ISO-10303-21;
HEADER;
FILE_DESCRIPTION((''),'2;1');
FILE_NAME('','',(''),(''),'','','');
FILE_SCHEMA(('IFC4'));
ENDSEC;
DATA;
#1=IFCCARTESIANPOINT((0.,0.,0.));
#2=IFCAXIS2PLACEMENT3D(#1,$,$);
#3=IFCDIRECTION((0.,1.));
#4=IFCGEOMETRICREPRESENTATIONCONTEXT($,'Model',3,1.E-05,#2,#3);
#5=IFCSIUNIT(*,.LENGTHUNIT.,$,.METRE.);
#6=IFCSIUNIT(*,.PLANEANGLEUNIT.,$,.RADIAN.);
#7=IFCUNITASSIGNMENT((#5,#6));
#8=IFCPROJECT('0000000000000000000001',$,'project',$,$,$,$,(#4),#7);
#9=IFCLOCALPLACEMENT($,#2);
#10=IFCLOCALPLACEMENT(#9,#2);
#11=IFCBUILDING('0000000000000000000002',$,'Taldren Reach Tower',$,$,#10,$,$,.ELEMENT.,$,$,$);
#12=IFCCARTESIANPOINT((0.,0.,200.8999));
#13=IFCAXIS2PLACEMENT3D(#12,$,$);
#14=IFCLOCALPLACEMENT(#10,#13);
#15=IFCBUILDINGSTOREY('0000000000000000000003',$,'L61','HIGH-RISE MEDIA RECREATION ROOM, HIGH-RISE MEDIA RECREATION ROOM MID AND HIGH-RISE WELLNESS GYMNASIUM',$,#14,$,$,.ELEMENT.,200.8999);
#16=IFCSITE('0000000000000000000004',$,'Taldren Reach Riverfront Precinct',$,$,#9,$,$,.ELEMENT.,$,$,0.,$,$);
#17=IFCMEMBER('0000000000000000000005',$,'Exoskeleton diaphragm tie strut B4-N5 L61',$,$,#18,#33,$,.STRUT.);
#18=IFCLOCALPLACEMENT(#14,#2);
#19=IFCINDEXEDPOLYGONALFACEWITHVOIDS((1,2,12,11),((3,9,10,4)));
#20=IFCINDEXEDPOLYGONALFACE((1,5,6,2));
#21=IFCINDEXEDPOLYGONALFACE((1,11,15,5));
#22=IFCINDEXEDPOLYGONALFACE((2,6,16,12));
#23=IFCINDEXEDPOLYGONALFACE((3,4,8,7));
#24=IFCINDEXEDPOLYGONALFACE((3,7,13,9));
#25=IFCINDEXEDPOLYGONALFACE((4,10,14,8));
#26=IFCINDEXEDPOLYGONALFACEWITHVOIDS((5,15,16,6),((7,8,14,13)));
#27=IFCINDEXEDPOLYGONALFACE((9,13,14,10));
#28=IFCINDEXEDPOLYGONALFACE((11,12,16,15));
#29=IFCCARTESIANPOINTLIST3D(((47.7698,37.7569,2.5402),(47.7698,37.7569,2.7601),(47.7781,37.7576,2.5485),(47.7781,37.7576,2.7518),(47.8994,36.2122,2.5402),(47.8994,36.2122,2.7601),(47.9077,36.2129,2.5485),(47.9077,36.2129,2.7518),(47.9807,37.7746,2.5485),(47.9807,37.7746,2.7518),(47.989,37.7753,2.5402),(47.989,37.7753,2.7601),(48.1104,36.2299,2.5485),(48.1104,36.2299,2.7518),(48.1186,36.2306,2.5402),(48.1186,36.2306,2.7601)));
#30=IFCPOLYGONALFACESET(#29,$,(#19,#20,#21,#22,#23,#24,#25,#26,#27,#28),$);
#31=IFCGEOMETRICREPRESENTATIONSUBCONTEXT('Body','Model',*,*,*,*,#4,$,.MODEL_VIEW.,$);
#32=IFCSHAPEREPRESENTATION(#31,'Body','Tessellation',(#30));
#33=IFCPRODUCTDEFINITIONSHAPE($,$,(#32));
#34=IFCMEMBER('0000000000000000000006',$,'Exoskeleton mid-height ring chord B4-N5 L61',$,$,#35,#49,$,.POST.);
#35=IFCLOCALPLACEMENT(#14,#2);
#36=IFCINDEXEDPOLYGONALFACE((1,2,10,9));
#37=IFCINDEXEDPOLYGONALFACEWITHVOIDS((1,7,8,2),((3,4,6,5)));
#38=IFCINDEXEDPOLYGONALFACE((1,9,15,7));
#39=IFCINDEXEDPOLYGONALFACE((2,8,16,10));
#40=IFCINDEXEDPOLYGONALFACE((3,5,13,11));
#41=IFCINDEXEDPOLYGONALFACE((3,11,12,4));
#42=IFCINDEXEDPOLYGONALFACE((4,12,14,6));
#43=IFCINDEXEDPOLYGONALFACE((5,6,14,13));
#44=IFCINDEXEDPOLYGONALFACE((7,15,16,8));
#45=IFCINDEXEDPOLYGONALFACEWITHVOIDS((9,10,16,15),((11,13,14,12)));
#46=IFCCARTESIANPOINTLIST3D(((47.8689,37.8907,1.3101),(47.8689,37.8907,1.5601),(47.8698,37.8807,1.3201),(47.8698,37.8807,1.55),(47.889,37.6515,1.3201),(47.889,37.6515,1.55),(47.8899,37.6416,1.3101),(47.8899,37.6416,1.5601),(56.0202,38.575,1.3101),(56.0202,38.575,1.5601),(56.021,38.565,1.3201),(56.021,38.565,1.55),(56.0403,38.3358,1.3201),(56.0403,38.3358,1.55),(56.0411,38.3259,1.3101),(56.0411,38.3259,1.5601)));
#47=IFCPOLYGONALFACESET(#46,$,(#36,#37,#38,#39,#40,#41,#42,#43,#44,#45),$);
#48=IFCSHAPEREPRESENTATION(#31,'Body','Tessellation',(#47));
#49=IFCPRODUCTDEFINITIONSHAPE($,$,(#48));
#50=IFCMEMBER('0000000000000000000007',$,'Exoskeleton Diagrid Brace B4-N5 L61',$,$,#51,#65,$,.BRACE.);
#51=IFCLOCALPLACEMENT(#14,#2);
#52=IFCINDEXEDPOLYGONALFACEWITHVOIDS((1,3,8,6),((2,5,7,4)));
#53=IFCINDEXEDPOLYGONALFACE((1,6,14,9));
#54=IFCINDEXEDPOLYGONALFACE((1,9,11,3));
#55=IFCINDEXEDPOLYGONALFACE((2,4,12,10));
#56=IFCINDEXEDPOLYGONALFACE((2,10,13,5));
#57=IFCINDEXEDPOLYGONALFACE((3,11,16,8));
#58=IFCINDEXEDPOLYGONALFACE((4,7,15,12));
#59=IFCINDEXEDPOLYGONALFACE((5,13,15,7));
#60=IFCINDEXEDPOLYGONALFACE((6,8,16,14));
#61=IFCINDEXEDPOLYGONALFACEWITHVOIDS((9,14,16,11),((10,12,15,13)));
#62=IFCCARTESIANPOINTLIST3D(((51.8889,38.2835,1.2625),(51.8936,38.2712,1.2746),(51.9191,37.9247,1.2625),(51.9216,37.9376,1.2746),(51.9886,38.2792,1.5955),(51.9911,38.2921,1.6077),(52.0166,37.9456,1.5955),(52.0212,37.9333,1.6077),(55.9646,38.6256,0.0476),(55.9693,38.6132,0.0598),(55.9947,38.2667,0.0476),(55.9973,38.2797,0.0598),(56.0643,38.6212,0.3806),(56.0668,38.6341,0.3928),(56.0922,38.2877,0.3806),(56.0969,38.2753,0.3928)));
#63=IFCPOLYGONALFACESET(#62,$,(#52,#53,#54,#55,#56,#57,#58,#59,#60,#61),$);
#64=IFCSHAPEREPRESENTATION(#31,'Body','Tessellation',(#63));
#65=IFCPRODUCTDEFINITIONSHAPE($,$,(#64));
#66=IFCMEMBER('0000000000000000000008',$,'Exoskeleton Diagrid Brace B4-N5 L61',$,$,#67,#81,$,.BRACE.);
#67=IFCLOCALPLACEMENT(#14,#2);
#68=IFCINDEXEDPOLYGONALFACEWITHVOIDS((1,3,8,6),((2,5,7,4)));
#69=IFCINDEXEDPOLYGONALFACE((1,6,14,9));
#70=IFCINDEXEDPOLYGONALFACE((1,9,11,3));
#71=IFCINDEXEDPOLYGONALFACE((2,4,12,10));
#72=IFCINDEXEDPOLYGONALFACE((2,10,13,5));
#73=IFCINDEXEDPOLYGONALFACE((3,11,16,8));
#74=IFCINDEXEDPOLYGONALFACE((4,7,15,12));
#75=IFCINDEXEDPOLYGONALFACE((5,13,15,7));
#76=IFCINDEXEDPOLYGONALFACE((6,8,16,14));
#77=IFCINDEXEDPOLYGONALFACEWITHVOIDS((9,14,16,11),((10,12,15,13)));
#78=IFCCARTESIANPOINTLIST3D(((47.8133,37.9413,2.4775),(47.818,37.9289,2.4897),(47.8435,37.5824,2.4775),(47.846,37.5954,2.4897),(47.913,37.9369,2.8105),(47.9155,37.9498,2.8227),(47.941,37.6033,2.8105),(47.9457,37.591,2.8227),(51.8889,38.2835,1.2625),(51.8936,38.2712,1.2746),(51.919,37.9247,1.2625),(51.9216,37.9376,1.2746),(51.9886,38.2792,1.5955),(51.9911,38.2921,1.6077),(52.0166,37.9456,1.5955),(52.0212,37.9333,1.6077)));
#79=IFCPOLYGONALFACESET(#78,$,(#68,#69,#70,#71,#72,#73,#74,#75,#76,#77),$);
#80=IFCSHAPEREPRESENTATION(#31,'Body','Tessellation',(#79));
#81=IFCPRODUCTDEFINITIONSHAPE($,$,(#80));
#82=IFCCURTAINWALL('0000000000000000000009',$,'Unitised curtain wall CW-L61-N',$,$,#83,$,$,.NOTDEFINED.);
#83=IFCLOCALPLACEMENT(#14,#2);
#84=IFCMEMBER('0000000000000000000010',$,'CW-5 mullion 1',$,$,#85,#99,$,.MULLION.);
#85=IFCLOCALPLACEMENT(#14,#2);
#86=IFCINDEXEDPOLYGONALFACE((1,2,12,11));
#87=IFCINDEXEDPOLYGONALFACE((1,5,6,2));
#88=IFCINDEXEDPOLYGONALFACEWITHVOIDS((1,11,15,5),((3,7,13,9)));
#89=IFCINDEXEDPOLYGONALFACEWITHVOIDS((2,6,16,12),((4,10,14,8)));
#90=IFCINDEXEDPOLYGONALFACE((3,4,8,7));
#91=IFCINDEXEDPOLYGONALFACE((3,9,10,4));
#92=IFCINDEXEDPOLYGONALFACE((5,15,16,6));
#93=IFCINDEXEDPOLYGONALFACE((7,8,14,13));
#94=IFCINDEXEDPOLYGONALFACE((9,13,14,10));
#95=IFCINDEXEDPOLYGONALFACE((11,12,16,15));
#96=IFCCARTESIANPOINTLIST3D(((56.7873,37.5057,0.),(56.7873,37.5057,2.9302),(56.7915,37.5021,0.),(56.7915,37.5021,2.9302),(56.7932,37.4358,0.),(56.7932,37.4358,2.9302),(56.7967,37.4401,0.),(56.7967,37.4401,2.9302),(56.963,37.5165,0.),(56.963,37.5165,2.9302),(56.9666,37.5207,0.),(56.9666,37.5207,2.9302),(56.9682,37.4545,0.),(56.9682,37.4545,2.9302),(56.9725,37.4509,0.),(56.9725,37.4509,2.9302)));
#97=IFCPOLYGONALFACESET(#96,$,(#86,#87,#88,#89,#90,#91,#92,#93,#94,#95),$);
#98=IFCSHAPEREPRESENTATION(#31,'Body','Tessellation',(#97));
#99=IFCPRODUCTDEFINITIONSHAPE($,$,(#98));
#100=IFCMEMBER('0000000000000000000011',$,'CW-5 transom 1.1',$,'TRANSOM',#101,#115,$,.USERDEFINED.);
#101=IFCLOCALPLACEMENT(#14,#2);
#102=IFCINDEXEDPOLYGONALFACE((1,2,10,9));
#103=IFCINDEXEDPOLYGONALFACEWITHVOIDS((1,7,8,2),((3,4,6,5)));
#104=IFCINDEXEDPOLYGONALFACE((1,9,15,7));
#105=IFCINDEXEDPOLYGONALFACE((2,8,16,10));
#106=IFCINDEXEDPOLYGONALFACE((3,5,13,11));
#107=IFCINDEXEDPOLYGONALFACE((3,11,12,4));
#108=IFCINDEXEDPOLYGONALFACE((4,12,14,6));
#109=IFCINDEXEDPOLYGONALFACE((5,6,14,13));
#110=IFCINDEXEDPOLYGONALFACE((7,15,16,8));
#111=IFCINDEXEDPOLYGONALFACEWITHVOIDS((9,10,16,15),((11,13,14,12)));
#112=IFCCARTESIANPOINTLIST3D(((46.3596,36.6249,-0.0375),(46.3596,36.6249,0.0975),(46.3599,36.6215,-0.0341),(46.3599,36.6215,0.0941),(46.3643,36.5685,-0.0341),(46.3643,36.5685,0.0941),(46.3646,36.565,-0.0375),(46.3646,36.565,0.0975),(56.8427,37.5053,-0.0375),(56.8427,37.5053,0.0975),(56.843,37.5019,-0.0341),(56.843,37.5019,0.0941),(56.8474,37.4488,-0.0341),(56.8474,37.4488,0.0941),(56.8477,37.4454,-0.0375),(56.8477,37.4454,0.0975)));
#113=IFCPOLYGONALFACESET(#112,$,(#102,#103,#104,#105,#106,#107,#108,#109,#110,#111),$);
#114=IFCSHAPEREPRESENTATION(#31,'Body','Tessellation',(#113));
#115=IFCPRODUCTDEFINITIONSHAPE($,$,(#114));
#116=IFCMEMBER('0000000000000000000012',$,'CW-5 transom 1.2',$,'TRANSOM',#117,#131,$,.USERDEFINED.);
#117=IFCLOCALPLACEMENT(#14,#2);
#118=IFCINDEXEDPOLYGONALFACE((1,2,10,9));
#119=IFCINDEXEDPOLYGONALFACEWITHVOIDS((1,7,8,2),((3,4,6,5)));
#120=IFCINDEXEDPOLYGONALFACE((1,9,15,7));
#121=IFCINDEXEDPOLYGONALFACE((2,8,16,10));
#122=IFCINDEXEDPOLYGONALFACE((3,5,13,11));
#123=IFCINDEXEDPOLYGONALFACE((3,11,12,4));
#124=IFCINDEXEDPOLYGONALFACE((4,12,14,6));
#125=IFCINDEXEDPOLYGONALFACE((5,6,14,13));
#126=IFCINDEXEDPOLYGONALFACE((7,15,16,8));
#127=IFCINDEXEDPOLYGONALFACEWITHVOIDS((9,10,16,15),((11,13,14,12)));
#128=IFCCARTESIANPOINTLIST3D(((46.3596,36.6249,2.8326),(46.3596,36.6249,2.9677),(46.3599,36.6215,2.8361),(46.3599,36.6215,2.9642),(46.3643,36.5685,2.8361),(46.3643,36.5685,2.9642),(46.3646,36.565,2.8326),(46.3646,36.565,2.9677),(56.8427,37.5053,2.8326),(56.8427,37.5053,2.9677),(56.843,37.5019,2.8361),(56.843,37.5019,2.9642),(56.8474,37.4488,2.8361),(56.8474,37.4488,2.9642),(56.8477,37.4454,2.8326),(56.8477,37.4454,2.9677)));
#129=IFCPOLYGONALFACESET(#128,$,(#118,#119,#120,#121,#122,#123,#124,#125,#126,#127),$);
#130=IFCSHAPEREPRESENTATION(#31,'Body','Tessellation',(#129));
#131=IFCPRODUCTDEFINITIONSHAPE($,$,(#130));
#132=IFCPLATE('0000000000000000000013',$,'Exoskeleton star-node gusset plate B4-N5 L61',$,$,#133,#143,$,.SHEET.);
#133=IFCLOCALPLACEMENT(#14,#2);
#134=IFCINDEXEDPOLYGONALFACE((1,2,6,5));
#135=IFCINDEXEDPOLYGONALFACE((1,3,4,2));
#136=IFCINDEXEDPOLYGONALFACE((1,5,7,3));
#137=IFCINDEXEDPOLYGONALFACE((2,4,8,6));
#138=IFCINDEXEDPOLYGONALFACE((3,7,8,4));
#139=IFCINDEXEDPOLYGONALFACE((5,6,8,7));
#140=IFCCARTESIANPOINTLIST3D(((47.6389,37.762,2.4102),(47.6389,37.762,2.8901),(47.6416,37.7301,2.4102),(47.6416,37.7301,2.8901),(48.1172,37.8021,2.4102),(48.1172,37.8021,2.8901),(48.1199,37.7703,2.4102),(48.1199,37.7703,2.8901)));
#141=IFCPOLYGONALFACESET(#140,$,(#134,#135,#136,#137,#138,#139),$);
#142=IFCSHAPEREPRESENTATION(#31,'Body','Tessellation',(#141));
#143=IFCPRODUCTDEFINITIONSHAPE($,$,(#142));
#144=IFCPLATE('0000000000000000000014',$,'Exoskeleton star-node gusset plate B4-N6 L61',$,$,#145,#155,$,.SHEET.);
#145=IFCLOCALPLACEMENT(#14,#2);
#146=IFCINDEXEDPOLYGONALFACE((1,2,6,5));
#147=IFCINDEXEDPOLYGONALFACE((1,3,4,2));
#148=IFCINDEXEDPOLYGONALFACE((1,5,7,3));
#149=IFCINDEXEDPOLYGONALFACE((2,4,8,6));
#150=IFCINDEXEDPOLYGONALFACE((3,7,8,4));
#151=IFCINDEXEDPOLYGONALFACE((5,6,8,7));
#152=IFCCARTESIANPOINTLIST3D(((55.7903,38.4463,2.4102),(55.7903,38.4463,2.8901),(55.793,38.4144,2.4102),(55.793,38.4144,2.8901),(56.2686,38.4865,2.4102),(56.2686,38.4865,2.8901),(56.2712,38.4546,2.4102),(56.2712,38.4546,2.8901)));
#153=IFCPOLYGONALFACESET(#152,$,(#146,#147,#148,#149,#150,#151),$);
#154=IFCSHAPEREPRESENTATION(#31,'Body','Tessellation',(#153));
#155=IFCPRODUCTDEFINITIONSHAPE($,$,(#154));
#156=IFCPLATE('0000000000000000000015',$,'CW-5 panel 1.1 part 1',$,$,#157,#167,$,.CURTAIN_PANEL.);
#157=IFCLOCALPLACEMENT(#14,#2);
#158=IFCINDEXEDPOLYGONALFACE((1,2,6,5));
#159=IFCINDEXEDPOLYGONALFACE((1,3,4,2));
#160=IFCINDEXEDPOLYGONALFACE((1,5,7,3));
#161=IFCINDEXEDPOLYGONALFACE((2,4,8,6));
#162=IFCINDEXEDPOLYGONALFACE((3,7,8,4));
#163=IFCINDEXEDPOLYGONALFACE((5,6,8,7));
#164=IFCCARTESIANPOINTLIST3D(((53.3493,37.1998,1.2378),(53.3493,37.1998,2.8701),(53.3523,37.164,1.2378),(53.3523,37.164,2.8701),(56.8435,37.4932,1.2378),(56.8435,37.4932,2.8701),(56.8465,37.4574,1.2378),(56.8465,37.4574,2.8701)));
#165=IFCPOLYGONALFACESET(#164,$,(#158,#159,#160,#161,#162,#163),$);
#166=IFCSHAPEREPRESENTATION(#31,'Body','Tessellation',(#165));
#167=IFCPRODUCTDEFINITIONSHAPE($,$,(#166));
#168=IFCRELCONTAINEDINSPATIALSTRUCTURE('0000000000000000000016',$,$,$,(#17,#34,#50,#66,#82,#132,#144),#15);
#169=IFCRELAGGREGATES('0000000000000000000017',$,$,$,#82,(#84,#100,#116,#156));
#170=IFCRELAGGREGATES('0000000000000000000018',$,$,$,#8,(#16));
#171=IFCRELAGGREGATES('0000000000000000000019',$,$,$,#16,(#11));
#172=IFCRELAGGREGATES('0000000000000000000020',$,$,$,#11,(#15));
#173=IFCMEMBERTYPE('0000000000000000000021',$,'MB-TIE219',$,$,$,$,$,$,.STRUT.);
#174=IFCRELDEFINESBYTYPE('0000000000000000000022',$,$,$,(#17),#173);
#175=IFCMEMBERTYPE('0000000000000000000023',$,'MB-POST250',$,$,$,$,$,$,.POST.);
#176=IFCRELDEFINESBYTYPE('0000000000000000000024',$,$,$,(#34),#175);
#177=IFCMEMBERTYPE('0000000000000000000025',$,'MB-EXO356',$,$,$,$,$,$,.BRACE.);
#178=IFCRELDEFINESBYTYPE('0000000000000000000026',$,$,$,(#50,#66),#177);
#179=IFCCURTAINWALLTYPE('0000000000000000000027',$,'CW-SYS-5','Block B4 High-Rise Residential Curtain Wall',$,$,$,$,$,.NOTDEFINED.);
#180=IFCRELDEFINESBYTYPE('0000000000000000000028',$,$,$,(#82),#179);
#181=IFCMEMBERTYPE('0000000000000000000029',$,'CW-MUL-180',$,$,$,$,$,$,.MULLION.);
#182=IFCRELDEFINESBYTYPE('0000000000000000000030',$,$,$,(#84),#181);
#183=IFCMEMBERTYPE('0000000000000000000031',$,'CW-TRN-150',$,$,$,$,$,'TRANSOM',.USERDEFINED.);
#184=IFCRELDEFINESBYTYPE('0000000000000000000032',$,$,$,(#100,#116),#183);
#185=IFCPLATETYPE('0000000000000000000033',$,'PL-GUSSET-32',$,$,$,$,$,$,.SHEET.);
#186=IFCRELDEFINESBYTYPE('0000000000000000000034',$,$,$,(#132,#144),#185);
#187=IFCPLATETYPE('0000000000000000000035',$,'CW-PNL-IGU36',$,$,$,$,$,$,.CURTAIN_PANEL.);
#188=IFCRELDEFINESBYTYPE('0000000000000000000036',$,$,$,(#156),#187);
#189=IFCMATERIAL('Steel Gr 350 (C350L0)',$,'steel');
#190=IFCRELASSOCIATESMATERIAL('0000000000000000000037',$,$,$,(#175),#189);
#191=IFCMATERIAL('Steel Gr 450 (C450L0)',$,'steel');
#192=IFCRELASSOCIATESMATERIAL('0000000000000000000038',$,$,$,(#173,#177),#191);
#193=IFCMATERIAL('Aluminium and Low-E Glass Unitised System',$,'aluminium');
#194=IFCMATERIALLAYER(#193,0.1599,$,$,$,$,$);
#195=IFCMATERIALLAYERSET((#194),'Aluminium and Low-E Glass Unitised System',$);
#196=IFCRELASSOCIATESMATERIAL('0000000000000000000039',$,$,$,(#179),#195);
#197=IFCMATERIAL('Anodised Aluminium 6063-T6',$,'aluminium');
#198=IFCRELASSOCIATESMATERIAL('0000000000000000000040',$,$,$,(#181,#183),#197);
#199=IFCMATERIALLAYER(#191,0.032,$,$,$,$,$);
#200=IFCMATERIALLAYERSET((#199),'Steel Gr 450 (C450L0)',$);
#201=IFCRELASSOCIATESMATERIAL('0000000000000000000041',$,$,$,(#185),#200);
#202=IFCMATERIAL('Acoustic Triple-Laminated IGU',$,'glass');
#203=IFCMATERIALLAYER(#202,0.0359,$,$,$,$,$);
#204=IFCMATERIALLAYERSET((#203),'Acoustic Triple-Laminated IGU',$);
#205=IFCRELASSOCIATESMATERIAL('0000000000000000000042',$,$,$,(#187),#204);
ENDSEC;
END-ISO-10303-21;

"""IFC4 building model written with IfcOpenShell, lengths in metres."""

from ifc_helpers import new_model, si_unit, direction, frame, origin, origin_2d, place, context, subcontext, project, spatial, rectangle, hollow_rectangle, extrude, source, transform, mapped, material, layer, layer_set, material_profile, profile_set, type_object, element, aggregate, save


model = new_model("IFC4")

# Units and contexts
model_context = context("Model", 3, precision=1e-05, world=origin(), true_north=direction((0.0, 1.0)))
body_context = subcontext(model_context, "Body", "Model", "MODEL_VIEW")
ifc_project = project(units=[si_unit("LENGTHUNIT", "METRE"), si_unit("PLANEANGLEUNIT", "RADIAN")], contexts=[model_context])

# Site, building, storey
site_placement = place(None, origin())
site = spatial("IfcSite", under=ifc_project, at=site_placement, Name="Taldren Reach Riverfront Precinct", CompositionType="ELEMENT", RefElevation=0.0)
building_placement = place(site_placement, origin())
building = spatial("IfcBuilding", under=site, at=building_placement, Name="Taldren Reach Tower", CompositionType="ELEMENT")
storey_placement = place(building_placement, frame((0.0, 0.0, 200.8999)))
storey = spatial("IfcBuildingStorey", under=building, at=storey_placement, Name="L61", Description="HIGH-RISE MEDIA RECREATION ROOM, HIGH-RISE MEDIA RECREATION ROOM MID AND HIGH-RISE WELLNESS GYMNASIUM", CompositionType="ELEMENT", Elevation=200.8999)

# Shared definitions
ifc_material_1 = material(Name="Steel Gr 350 (C350L0)", Category="steel")

# Shared definitions
ifc_material_profile_1 = material_profile(ifc_material_1, hollow_rectangle(XDim=0.25, YDim=0.25, WallThickness=0.01, at=origin_2d()), Name="250x250x10.0SHS")
ifc_profile_set_1 = profile_set([ifc_material_profile_1], Name="Steel Gr 350 (C350L0)")
member_type_1 = type_object("IfcMemberType", Name="MB-POST250", PredefinedType="POST", material=ifc_profile_set_1)

# Members
ifc_material_2 = material(Name="Steel Gr 450 (C450L0)", Category="steel")
ifc_material_profile_2 = material_profile(ifc_material_2, hollow_rectangle(XDim=0.22, YDim=0.22, WallThickness=0.0083, at=origin_2d()), Name="220x220x8.2SHS")
ifc_profile_set_2 = profile_set([ifc_material_profile_2], Name="Steel Gr 450 (C450L0)")
member_type_2 = type_object("IfcMemberType", Name="MB-TIE219", PredefinedType="STRUT", material=ifc_profile_set_2)
shared_shape_1 = source(origin(), body_context, "Body", "SweptSolid", [
    extrude(hollow_rectangle(XDim=0.22, YDim=0.22, WallThickness=0.0083, at=origin_2d()), origin(), (0.0, 0.0, 1.0), 1.55),
])
member_1_placement = place(storey_placement, frame((48.009, 36.2214, 2.6501), z_axis=(-0.083632, 0.996497, 0.0), x_axis=(-0.996497, -0.083632, 0.0)))
element("IfcMember", 1, at=member_1_placement, inside=storey, type_object=member_type_2, Name="Exoskeleton diaphragm tie strut B4-N5 L61", PredefinedType="STRUT", context=body_context, shape_type="MappedRepresentation", body=[
    mapped(shared_shape_1, transform((0.0, 0.0, 0.0), scale=1.0)),
])
shared_shape_2 = source(origin(), body_context, "Body", "SweptSolid", [
    extrude(hollow_rectangle(XDim=0.25, YDim=0.25, WallThickness=0.01, at=origin_2d()), origin(), (0.0, 0.0, 1.0), 8.1799),
])
member_2_placement = place(storey_placement, frame((47.8794, 37.7661, 1.4351), z_axis=(0.996495, 0.083658, 0.0), x_axis=(-0.083658, 0.996495, 0.0)))
element("IfcMember", 2, at=member_2_placement, inside=storey, type_object=member_type_1, Name="Exoskeleton mid-height ring chord B4-N5 L61", PredefinedType="POST", context=body_context, shape_type="MappedRepresentation", body=[
    mapped(shared_shape_2, transform((0.0, 0.0, 0.0), scale=1.0)),
])
ifc_material_profile_3 = material_profile(ifc_material_2, hollow_rectangle(XDim=0.3601, YDim=0.3601, WallThickness=0.0127, at=origin_2d()), Name="360x360x12.7SHS")
ifc_profile_set_3 = profile_set([ifc_material_profile_3], Name="Steel Gr 450 (C450L0)")
member_type_3 = type_object("IfcMemberType", Name="MB-EXO356", PredefinedType="BRACE", material=ifc_profile_set_3)
shared_shape_3 = source(origin(), body_context, "Body", "SweptSolid", [
    extrude(hollow_rectangle(XDim=0.3601, YDim=0.3601, WallThickness=0.0127, at=origin_2d()), origin(), (0.0, 0.0, 1.0), 4.2666),
])
for number, where, z_axis, x_axis, name in (
    (3, (56.0308, 38.4504, 0.2202), (-0.955249, -0.080167, 0.284732), (0.083628, -0.996497, 0.0), "Exoskeleton Diagrid Brace B4-N5 L61"),
    (4, (51.9551, 38.1084, 1.4351), (-0.955229, -0.080222, 0.284783), (0.083688, -0.996492, 0.0), "Exoskeleton Diagrid Brace B4-N5 L61"),
):
    element("IfcMember", number, at=place(storey_placement, frame(where, z_axis=z_axis, x_axis=x_axis)), inside=storey, type_object=member_type_3, Name=name, PredefinedType="BRACE", context=body_context, shape_type="MappedRepresentation", body=[
        mapped(shared_shape_3, transform((0.0, 0.0, 0.0), scale=1.0)),
    ])

# Curtain wall, members
ifc_material_3 = material(Name="Aluminium and Low-E Glass Unitised System", Category="aluminium")
ifc_layer_1 = layer(ifc_material_3, 0.1599)
ifc_layer_set_1 = layer_set([ifc_layer_1], Name="Aluminium and Low-E Glass Unitised System")
curtain_wall_type = type_object("IfcCurtainWallType", Name="CW-SYS-5", Description="Block B4 High-Rise Residential Curtain Wall", PredefinedType="NOTDEFINED", material=ifc_layer_set_1)
curtain_wall_placement = place(storey_placement, origin())
curtain_wall = element("IfcCurtainWall", 5, at=curtain_wall_placement, inside=storey, type_object=curtain_wall_type, Name="Unitised curtain wall CW-L61-N", PredefinedType="NOTDEFINED")
ifc_material_4 = material(Name="Anodised Aluminium 6063-T6", Category="aluminium")
ifc_material_profile_4 = material_profile(ifc_material_4, hollow_rectangle(XDim=0.0701, YDim=0.1799, WallThickness=0.0039, at=origin_2d()), Name="ALU-180x70x4RHS")
ifc_profile_set_4 = profile_set([ifc_material_profile_4], Name="Anodised Aluminium 6063-T6")
member_type_4 = type_object("IfcMemberType", Name="CW-MUL-180", PredefinedType="MULLION", material=ifc_profile_set_4)
shared_shape_4 = source(origin(), body_context, "Body", "SweptSolid", [
    extrude(hollow_rectangle(XDim=0.0701, YDim=0.1799, WallThickness=0.0039, at=origin_2d()), origin(), (0.0, 0.0, 1.0), 2.9302),
])
member_3_placement = place(storey_placement, frame((56.8799, 37.4783, 0.0), z_axis=(0.0, 0.0, 1.0), x_axis=(0.083678, -0.996493, 0.0)))
member_3 = element("IfcMember", 6, at=member_3_placement, type_object=member_type_4, Name="CW-5 mullion 1", PredefinedType="MULLION", context=body_context, shape_type="MappedRepresentation", body=[
    mapped(shared_shape_4, transform((0.0, 0.0, 0.0), scale=1.0)),
])
ifc_material_profile_5 = material_profile(ifc_material_4, hollow_rectangle(XDim=0.0601, YDim=0.135, WallThickness=0.0034, at=origin_2d()), Name="ALU-135x60x3.5RHS")
ifc_profile_set_5 = profile_set([ifc_material_profile_5], Name="Anodised Aluminium 6063-T6")
member_type_5 = type_object("IfcMemberType", Name="CW-TRN-150", ElementType="TRANSOM", PredefinedType="USERDEFINED", material=ifc_profile_set_5)
shared_shape_5 = source(origin(), body_context, "Body", "SweptSolid", [
    extrude(hollow_rectangle(XDim=0.0601, YDim=0.135, WallThickness=0.0034, at=origin_2d()), origin(), (0.0, 0.0, 1.0), 10.52),
])
member_4_placement = place(storey_placement, frame((56.8452, 37.4753, 0.03), z_axis=(-0.996492, -0.083685, 0.0), x_axis=(0.083685, -0.996492, 0.0)))
member_4 = element("IfcMember", 7, at=member_4_placement, type_object=member_type_5, Name="CW-5 transom 1.1", ObjectType="TRANSOM", PredefinedType="USERDEFINED", context=body_context, shape_type="MappedRepresentation", body=[
    mapped(shared_shape_5, transform((0.0, 0.0, 0.0), scale=1.0)),
])
member_5_placement = place(storey_placement, frame((56.8452, 37.4753, 2.9001), z_axis=(-0.996492, -0.083685, 0.0), x_axis=(0.083685, -0.996492, 0.0)))
member_5 = element("IfcMember", 8, at=member_5_placement, type_object=member_type_5, Name="CW-5 transom 1.2", ObjectType="TRANSOM", PredefinedType="USERDEFINED", context=body_context, shape_type="MappedRepresentation", body=[
    mapped(shared_shape_5, transform((0.0, 0.0, 0.0), scale=1.0)),
])

# Plates
ifc_layer_2 = layer(ifc_material_2, 0.032)
ifc_layer_set_2 = layer_set([ifc_layer_2], Name="Steel Gr 450 (C450L0)")
plate_type_1 = type_object("IfcPlateType", Name="PL-GUSSET-32", PredefinedType="SHEET", material=ifc_layer_set_2)
shared_shape_6 = source(origin(), body_context, "Body", "SweptSolid", [
    extrude(rectangle(XDim=0.48, YDim=0.032, at=origin_2d()), origin(), (0.0, 0.0, 1.0), 0.48),
])
for number, where, z_axis, x_axis, name in (
    (9, (47.8794, 37.7661, 2.4102), (0.0, 0.0, 1.0), (0.996493, 0.083678, 0.0), "Exoskeleton star-node gusset plate B4-N5 L61"),
    (10, (56.0308, 38.4504, 2.4102), (0.0, 0.0, 1.0), (0.996493, 0.083678, 0.0), "Exoskeleton star-node gusset plate B4-N6 L61"),
):
    element("IfcPlate", number, at=place(storey_placement, frame(where, z_axis=z_axis, x_axis=x_axis)), inside=storey, type_object=plate_type_1, Name=name, PredefinedType="SHEET", context=body_context, shape_type="MappedRepresentation", body=[
        mapped(shared_shape_6, transform((0.0, 0.0, 0.0), scale=1.0)),
    ])

# Plate
ifc_material_5 = material(Name="Acoustic Triple-Laminated IGU", Category="glass")
ifc_layer_3 = layer(ifc_material_5, 0.0359)
ifc_layer_set_3 = layer_set([ifc_layer_3], Name="Acoustic Triple-Laminated IGU")
plate_type_2 = type_object("IfcPlateType", Name="CW-PNL-IGU36", PredefinedType="CURTAIN_PANEL", material=ifc_layer_set_3)
shared_shape_7 = source(origin(), body_context, "Body", "SweptSolid", [
    extrude(rectangle(XDim=3.5066, YDim=0.0359, at=origin_2d()), origin(), (0.0, 0.0, 1.0), 1.6323),
])
plate_1_placement = place(storey_placement, frame((55.0979, 37.3286, 1.2378), z_axis=(0.0, 0.0, 1.0), x_axis=(-0.996493, -0.083678, 0.0)))
plate_1 = element("IfcPlate", 11, at=plate_1_placement, type_object=plate_type_2, Name="CW-5 panel 1.1 part 1", PredefinedType="CURTAIN_PANEL", context=body_context, shape_type="MappedRepresentation", body=[
    mapped(shared_shape_7, transform((0.0, 0.0, 0.0), scale=1.0)),
])
aggregate(curtain_wall, [member_3, member_4, member_5, plate_1])

save(model, "model.ifc")
